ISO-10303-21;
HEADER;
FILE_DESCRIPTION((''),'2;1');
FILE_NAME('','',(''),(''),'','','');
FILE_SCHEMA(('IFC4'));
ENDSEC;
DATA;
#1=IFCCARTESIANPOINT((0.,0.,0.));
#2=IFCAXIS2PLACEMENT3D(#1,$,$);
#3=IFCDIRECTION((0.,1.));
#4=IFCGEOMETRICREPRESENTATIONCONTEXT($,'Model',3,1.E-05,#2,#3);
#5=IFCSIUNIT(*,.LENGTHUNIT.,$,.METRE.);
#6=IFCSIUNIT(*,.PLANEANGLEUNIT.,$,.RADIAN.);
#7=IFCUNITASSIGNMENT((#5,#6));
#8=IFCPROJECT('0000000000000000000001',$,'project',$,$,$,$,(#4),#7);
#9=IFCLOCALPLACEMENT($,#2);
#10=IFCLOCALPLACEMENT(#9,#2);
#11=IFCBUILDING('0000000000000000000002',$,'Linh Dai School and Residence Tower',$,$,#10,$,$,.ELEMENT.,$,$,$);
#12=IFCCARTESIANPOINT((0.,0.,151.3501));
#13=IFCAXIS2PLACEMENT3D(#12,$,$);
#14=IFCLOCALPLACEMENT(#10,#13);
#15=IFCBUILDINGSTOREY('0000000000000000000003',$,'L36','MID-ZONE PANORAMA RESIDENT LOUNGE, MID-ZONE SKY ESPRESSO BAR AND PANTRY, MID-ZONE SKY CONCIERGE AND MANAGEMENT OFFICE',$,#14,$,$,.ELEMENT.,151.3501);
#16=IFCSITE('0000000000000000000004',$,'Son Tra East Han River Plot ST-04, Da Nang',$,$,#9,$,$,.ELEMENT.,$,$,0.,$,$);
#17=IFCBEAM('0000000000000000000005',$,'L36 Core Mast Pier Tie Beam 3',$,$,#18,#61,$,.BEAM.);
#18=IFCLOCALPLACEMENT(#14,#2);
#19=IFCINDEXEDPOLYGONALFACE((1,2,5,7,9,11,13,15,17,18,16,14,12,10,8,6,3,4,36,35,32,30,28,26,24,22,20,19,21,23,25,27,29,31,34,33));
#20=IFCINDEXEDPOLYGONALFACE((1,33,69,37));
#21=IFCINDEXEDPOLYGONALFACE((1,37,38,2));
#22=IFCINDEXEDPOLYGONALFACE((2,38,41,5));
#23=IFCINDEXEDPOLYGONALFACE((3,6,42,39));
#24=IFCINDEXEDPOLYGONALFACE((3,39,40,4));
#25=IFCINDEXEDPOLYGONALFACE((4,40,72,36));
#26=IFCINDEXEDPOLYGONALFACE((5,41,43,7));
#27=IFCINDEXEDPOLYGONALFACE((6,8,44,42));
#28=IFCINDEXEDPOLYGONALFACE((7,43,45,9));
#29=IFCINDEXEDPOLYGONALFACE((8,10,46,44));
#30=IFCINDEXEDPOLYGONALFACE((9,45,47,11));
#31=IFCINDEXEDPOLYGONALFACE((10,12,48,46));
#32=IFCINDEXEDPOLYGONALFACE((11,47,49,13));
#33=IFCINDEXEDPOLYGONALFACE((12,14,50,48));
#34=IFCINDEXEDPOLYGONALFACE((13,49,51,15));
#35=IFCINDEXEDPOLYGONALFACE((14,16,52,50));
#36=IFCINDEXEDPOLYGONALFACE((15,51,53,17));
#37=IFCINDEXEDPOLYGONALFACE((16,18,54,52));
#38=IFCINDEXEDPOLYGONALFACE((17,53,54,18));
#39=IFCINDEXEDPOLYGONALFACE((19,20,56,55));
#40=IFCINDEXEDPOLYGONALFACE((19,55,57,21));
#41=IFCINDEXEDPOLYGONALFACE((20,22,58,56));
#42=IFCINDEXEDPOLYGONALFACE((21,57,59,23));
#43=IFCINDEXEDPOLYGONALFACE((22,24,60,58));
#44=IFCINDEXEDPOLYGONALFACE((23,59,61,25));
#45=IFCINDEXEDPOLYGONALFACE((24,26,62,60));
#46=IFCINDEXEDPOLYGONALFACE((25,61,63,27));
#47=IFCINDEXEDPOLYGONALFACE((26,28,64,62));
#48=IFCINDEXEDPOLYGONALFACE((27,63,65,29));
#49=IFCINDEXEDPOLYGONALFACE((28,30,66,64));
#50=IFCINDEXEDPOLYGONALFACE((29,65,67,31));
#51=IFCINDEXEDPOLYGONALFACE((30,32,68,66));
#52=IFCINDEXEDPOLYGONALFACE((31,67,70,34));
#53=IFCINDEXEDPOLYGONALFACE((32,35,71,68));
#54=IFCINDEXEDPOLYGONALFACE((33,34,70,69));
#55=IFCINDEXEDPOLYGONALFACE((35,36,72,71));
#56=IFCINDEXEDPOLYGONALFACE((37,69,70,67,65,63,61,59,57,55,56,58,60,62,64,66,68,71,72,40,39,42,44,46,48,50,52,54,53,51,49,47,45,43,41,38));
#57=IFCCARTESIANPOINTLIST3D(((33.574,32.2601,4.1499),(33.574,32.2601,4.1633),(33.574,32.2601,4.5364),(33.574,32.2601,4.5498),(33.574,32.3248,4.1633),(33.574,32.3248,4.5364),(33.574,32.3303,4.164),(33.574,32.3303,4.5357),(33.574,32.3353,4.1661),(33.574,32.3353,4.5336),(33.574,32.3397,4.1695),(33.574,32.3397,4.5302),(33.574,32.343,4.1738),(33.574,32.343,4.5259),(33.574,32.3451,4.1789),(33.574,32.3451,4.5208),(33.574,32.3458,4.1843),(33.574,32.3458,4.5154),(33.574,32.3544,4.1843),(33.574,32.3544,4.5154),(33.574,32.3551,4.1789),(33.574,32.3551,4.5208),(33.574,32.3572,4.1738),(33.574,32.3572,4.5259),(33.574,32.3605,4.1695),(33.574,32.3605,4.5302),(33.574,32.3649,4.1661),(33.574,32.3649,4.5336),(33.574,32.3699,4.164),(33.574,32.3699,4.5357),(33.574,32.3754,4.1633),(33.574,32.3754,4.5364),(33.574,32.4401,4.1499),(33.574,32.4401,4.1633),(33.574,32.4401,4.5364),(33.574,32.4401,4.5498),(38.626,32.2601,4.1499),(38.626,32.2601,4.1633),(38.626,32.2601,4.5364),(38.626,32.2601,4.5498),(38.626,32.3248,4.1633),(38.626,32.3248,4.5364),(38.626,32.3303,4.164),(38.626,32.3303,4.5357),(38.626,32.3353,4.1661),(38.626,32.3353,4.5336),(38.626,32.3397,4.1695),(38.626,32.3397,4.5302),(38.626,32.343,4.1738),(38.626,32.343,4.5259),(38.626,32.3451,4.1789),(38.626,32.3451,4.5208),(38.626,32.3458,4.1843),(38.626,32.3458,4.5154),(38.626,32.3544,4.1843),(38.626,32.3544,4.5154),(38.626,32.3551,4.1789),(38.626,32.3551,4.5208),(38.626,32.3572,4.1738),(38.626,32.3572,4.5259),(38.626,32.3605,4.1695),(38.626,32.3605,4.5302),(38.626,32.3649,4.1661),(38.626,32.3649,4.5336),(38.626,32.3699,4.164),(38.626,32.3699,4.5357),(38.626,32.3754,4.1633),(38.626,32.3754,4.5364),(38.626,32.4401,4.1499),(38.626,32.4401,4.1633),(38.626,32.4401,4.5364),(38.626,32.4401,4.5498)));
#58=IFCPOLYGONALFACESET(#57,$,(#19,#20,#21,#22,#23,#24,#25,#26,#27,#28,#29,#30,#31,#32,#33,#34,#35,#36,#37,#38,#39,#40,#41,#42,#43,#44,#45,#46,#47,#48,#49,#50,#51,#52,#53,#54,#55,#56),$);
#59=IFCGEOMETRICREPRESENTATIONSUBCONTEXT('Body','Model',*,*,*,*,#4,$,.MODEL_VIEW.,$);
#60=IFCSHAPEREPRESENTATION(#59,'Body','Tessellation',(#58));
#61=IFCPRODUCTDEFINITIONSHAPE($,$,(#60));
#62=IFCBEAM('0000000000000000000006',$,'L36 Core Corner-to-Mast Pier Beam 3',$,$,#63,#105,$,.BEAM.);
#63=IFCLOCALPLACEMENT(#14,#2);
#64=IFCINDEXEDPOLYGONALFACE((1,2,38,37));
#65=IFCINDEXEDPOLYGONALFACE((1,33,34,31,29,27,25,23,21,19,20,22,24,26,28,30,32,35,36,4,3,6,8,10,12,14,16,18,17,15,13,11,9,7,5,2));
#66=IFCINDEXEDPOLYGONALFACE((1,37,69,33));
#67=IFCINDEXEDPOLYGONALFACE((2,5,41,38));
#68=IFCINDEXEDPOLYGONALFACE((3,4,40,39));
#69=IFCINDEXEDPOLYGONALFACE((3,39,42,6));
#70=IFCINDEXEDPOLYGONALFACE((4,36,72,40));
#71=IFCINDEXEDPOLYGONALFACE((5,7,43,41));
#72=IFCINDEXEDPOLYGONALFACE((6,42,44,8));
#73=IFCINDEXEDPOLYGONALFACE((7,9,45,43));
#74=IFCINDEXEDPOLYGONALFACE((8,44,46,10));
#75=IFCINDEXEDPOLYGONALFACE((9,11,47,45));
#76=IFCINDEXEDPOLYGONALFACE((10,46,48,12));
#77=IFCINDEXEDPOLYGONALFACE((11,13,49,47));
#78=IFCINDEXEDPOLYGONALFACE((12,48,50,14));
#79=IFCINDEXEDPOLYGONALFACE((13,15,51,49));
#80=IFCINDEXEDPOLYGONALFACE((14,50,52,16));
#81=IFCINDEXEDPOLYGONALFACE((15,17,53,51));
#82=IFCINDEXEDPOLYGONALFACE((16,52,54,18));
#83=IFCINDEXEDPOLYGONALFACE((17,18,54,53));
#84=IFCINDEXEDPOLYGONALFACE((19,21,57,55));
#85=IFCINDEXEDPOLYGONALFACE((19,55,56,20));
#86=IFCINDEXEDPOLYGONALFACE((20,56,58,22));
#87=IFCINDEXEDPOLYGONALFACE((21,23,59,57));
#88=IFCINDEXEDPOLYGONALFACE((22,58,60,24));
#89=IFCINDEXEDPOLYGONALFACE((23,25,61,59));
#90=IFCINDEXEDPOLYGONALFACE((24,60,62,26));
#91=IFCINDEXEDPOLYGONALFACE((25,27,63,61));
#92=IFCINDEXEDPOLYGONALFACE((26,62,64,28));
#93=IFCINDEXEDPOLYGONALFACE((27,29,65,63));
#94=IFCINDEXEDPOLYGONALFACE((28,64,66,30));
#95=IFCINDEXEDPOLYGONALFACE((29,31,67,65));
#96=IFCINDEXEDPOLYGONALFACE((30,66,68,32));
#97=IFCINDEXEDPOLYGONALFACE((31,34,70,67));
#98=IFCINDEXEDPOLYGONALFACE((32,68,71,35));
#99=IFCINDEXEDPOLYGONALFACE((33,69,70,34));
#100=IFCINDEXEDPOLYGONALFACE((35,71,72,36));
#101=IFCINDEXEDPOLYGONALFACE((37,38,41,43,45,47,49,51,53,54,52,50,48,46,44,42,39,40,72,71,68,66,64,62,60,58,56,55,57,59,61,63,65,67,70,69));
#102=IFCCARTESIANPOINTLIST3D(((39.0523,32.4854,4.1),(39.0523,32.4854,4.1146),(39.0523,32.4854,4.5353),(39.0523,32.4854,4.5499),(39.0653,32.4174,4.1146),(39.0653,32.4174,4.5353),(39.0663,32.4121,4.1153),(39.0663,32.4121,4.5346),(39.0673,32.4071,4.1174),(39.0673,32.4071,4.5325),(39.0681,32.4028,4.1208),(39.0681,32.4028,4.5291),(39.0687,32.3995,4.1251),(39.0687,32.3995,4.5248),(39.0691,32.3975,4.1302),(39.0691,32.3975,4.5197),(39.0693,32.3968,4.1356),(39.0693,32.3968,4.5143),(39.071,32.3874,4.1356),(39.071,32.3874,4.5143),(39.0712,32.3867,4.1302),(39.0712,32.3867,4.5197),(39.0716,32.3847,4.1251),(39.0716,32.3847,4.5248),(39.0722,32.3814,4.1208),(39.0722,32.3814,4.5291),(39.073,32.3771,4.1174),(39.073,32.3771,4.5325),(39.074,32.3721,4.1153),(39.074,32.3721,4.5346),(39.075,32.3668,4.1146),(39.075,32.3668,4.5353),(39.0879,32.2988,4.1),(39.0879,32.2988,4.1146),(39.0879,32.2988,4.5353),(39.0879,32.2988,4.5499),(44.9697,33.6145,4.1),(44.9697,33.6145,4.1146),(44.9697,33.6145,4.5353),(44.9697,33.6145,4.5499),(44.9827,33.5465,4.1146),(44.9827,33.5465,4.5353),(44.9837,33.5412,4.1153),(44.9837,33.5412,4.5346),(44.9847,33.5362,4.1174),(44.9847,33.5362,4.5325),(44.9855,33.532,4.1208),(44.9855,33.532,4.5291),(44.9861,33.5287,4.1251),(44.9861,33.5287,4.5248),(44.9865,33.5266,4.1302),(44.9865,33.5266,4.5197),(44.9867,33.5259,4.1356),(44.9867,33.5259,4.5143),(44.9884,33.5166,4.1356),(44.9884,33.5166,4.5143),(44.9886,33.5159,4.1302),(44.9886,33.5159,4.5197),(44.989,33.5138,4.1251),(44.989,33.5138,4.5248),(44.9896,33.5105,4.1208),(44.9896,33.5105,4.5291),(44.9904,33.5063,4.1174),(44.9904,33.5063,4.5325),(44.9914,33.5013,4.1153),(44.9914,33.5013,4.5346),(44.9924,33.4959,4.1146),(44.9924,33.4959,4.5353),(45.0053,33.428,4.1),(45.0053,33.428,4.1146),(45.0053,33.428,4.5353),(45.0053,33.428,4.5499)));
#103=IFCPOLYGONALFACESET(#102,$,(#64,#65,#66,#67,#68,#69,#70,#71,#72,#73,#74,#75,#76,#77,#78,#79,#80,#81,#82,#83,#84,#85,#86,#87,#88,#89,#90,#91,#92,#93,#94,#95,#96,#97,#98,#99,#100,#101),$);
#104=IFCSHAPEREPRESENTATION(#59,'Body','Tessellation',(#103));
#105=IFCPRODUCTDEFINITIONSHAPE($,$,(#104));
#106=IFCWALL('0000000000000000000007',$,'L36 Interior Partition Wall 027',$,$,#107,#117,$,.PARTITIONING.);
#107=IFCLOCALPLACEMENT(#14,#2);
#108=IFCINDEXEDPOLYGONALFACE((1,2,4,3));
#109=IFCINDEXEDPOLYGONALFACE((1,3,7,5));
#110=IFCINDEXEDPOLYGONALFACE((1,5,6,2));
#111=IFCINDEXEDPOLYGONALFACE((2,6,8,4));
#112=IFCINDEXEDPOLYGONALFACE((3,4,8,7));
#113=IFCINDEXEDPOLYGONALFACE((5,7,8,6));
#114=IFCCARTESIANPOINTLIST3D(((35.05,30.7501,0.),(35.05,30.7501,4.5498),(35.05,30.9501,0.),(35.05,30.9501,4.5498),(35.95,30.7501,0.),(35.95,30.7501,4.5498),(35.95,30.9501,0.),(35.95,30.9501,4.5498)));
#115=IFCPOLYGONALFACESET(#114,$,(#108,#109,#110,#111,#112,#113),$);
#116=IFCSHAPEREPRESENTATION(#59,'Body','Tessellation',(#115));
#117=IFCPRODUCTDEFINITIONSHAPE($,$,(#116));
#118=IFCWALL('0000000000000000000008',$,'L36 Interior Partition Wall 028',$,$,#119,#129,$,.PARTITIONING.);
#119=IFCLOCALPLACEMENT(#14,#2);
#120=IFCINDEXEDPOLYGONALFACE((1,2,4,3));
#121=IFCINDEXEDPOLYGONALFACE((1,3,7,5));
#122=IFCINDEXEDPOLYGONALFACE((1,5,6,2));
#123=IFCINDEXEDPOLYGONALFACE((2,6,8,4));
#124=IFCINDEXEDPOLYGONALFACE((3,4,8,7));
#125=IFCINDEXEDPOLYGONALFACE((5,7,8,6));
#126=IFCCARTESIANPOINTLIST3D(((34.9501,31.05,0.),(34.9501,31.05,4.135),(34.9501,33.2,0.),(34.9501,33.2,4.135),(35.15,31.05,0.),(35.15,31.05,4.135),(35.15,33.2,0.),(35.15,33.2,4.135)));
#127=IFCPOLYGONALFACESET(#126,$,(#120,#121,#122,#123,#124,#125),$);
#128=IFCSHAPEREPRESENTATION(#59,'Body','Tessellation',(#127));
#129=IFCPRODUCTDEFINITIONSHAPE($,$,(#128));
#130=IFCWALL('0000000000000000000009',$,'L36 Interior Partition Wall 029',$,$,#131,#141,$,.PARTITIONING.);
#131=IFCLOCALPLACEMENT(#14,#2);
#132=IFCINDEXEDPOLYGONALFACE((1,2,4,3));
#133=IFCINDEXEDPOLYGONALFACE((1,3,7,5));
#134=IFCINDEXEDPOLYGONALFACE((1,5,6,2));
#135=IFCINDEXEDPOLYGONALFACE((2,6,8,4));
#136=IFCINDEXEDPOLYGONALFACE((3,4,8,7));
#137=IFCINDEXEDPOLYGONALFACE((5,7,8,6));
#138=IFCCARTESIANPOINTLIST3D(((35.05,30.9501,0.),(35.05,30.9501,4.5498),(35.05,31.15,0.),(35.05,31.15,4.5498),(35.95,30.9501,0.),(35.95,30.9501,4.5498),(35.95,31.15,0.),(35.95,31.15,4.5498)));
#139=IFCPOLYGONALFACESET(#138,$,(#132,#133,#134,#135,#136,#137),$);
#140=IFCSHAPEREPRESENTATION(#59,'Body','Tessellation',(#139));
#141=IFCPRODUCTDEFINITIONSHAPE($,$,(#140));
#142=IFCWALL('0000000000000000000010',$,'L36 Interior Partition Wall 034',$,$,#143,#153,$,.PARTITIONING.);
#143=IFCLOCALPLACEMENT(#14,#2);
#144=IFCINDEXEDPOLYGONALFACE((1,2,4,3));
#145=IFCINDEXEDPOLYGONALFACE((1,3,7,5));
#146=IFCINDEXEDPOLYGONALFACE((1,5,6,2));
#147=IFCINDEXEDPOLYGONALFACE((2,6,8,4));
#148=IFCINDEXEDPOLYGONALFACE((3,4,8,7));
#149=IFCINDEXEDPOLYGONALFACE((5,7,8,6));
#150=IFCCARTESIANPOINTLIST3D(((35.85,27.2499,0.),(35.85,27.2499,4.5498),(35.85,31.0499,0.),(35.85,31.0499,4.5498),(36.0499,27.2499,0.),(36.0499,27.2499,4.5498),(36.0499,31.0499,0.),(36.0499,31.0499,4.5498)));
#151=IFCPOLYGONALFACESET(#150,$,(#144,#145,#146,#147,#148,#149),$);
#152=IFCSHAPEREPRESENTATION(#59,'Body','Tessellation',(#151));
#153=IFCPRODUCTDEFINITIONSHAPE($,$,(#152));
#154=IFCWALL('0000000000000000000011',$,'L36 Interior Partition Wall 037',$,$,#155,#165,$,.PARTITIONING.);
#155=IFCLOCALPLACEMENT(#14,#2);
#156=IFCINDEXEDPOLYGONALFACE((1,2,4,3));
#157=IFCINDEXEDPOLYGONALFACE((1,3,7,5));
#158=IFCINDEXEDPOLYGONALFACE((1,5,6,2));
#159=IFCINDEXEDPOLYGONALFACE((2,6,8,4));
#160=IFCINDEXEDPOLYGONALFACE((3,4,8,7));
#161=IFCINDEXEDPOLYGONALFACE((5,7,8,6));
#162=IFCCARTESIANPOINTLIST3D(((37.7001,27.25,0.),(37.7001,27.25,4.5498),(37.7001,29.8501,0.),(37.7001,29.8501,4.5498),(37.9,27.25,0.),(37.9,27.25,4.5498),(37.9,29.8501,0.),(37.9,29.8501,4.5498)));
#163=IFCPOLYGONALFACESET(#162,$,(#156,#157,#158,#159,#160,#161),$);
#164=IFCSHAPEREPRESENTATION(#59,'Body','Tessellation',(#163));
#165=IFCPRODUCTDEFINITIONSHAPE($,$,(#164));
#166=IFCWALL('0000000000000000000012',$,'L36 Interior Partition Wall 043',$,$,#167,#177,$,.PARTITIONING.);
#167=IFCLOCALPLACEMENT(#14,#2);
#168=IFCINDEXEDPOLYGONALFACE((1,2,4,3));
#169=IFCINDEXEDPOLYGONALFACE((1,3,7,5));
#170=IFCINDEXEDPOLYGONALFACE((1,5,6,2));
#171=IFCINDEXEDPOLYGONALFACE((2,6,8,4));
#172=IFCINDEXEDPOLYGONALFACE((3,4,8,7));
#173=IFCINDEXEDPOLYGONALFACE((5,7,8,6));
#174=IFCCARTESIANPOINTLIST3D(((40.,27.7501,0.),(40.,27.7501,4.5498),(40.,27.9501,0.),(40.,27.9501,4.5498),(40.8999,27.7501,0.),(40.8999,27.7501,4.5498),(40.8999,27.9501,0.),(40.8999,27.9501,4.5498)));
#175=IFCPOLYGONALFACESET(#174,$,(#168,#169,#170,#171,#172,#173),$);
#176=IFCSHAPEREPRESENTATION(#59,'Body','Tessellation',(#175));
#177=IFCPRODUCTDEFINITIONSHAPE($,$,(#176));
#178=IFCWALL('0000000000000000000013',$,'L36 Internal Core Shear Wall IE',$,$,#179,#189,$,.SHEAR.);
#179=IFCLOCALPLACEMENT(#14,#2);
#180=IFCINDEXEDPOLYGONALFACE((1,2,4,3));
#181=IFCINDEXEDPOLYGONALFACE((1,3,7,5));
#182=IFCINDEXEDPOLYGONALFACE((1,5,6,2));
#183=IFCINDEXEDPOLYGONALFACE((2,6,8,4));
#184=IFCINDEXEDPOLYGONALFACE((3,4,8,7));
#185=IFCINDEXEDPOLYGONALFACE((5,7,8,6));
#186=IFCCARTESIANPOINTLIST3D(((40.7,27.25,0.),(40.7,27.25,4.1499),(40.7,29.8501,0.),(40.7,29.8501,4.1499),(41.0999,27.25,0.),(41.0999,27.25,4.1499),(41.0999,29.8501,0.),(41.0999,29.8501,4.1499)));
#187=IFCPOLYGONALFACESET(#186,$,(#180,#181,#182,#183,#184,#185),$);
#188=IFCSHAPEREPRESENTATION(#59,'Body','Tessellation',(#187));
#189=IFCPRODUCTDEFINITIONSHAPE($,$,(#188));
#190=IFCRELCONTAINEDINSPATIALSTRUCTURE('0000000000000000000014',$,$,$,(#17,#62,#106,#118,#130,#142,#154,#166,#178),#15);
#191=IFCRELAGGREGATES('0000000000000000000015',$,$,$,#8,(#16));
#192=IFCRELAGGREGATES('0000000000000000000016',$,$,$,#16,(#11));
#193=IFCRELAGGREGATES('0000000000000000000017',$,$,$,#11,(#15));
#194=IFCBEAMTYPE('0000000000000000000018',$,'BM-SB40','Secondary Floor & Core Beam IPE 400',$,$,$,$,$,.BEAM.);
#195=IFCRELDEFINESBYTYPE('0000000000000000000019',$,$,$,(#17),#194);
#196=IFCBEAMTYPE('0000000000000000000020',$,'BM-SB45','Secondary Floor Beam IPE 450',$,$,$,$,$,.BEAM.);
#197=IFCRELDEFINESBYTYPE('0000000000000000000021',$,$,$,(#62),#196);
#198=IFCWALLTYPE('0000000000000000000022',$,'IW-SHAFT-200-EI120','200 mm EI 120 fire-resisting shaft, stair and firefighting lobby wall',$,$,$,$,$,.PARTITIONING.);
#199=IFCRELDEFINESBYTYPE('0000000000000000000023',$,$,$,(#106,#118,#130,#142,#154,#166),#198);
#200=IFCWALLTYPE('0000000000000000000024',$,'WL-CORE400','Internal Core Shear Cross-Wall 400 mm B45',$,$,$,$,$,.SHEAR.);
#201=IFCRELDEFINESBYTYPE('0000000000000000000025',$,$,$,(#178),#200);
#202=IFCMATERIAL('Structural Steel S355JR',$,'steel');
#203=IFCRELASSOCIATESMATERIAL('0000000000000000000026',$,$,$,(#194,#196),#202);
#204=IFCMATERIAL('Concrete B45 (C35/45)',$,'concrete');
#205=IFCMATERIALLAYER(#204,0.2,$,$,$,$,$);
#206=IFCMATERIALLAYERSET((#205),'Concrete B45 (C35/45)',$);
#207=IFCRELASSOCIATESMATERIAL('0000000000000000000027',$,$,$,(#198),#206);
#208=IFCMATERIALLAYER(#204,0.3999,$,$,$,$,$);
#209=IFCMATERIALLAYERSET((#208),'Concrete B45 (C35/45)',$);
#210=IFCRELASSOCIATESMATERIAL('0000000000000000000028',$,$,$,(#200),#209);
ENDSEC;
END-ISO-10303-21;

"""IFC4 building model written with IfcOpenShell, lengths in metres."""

from ifc_helpers import new_model, si_unit, direction, frame, frame_2d, origin, origin_2d, place, context, subcontext, project, spatial, rectangle, i_section, extrude, material, layer, layer_set, material_profile, profile_set, type_object, element, save


model = new_model("IFC4")

# Units and contexts
model_context = context("Model", 3, precision=1e-05, world=origin(), true_north=direction((0.0, 1.0)))
body_context = subcontext(model_context, "Body", "Model", "MODEL_VIEW")
ifc_project = project(units=[si_unit("LENGTHUNIT", "METRE"), si_unit("PLANEANGLEUNIT", "RADIAN")], contexts=[model_context])

# Site, building, storey
site_placement = place(None, origin())
site = spatial("IfcSite", under=ifc_project, at=site_placement, Name="Son Tra East Han River Plot ST-04, Da Nang", CompositionType="ELEMENT", RefElevation=0.0)
building_placement = place(site_placement, origin())
building = spatial("IfcBuilding", under=site, at=building_placement, Name="Linh Dai School and Residence Tower", CompositionType="ELEMENT")
storey_placement = place(building_placement, frame((0.0, 0.0, 151.3501)))
storey = spatial("IfcBuildingStorey", under=building, at=storey_placement, Name="L36", Description="MID-ZONE PANORAMA RESIDENT LOUNGE, MID-ZONE SKY ESPRESSO BAR AND PANTRY, MID-ZONE SKY CONCIERGE AND MANAGEMENT OFFICE", CompositionType="ELEMENT", Elevation=151.3501)

# Shared definitions
ifc_material_1 = material(Name="Structural Steel S355JR", Category="steel")

# Beams
ifc_material_profile_1 = material_profile(ifc_material_1, i_section(OverallWidth=0.1799, OverallDepth=0.3999, WebThickness=0.0085, FlangeThickness=0.0134, FilletRadius=0.021, at=origin_2d()), Name="IPE 400")
ifc_profile_set_1 = profile_set([ifc_material_profile_1], Name="Structural Steel S355JR")
beam_type_1 = type_object("IfcBeamType", Name="BM-SB40", Description="Secondary Floor & Core Beam IPE 400", PredefinedType="BEAM", material=ifc_profile_set_1)
beam_1_placement = place(storey_placement, frame((38.626, 32.3501, 4.3499), z_axis=(-1.0, 0.0, 0.0), x_axis=(0.0, -1.0, 0.0)))
element("IfcBeam", 1, at=beam_1_placement, inside=storey, type_object=beam_type_1, Name="L36 Core Mast Pier Tie Beam 3", PredefinedType="BEAM", context=body_context, shape_type="SweptSolid", body=[
    extrude(i_section(OverallWidth=0.1799, OverallDepth=0.3999, WebThickness=0.0085, FlangeThickness=0.0134, FilletRadius=0.021, at=origin_2d()), origin(), (0.0, 0.0, 1.0), 5.052),
])
ifc_material_profile_2 = material_profile(ifc_material_1, i_section(OverallWidth=0.1899, OverallDepth=0.45, WebThickness=0.0095, FlangeThickness=0.0146, FilletRadius=0.021, at=origin_2d()), Name="IPE 450")
ifc_profile_set_2 = profile_set([ifc_material_profile_2], Name="Structural Steel S355JR")
beam_type_2 = type_object("IfcBeamType", Name="BM-SB45", Description="Secondary Floor Beam IPE 450", PredefinedType="BEAM", material=ifc_profile_set_2)
beam_2_placement = place(storey_placement, frame((44.9875, 33.5212, 4.325), z_axis=(-0.982277, -0.187434, 0.0), x_axis=(0.187434, -0.982277, 0.0)))
element("IfcBeam", 2, at=beam_2_placement, inside=storey, type_object=beam_type_2, Name="L36 Core Corner-to-Mast Pier Beam 3", PredefinedType="BEAM", context=body_context, shape_type="SweptSolid", body=[
    extrude(i_section(OverallWidth=0.1899, OverallDepth=0.45, WebThickness=0.0095, FlangeThickness=0.0146, FilletRadius=0.021, at=origin_2d()), origin(), (0.0, 0.0, 1.0), 6.0242),
])

# Walls
ifc_material_2 = material(Name="Concrete B45 (C35/45)", Category="concrete")
ifc_layer_1 = layer(ifc_material_2, 0.2)
ifc_layer_set_1 = layer_set([ifc_layer_1], Name="Concrete B45 (C35/45)")
wall_type_1 = type_object("IfcWallType", Name="IW-SHAFT-200-EI120", Description="200 mm EI 120 fire-resisting shaft, stair and firefighting lobby wall", PredefinedType="PARTITIONING", material=ifc_layer_set_1)
wall_1_placement = place(storey_placement, frame((35.05, 30.8501, 0.0), z_axis=(0.0, 0.0, 1.0), x_axis=(1.0, 0.0, 0.0)))
element("IfcWall", 3, at=wall_1_placement, inside=storey, type_object=wall_type_1, Name="L36 Interior Partition Wall 027", PredefinedType="PARTITIONING", context=body_context, shape_type="SweptSolid", body=[
    extrude(rectangle(XDim=0.8999, YDim=0.2, at=frame_2d((0.45, 0.0))), origin(), (0.0, 0.0, 1.0), 4.5498),
])
wall_2_placement = place(storey_placement, frame((35.05, 31.05, 0.0), z_axis=(0.0, 0.0, 1.0), x_axis=(0.0, 1.0, 0.0)))
element("IfcWall", 4, at=wall_2_placement, inside=storey, type_object=wall_type_1, Name="L36 Interior Partition Wall 028", PredefinedType="PARTITIONING", context=body_context, shape_type="SweptSolid", body=[
    extrude(rectangle(XDim=2.1499, YDim=0.2, at=frame_2d((1.075, 0.0))), origin(), (0.0, 0.0, 1.0), 4.135),
])
wall_3_placement = place(storey_placement, frame((35.05, 31.05, 0.0), z_axis=(0.0, 0.0, 1.0), x_axis=(1.0, 0.0, 0.0)))
element("IfcWall", 5, at=wall_3_placement, inside=storey, type_object=wall_type_1, Name="L36 Interior Partition Wall 029", PredefinedType="PARTITIONING", context=body_context, shape_type="SweptSolid", body=[
    extrude(rectangle(XDim=0.8999, YDim=0.2, at=frame_2d((0.45, 0.0))), origin(), (0.0, 0.0, 1.0), 4.5498),
])
wall_4_placement = place(storey_placement, frame((35.95, 27.25, 0.0), z_axis=(0.0, 0.0, 1.0), x_axis=(0.0, 1.0, 0.0)))
element("IfcWall", 6, at=wall_4_placement, inside=storey, type_object=wall_type_1, Name="L36 Interior Partition Wall 034", PredefinedType="PARTITIONING", context=body_context, shape_type="SweptSolid", body=[
    extrude(rectangle(XDim=3.8, YDim=0.2, at=frame_2d((1.8999, 0.0))), origin(), (0.0, 0.0, 1.0), 4.5498),
])

# Walls
wall_5_placement = place(storey_placement, frame((37.8, 27.25, 0.0), z_axis=(0.0, 0.0, 1.0), x_axis=(0.0, 1.0, 0.0)))
element("IfcWall", 7, at=wall_5_placement, inside=storey, type_object=wall_type_1, Name="L36 Interior Partition Wall 037", PredefinedType="PARTITIONING", context=body_context, shape_type="SweptSolid", body=[
    extrude(rectangle(XDim=2.6001, YDim=0.2, at=frame_2d((1.3, 0.0))), origin(), (0.0, 0.0, 1.0), 4.5498),
])
wall_6_placement = place(storey_placement, frame((40.0, 27.8501, 0.0), z_axis=(0.0, 0.0, 1.0), x_axis=(1.0, 0.0, 0.0)))
element("IfcWall", 8, at=wall_6_placement, inside=storey, type_object=wall_type_1, Name="L36 Interior Partition Wall 043", PredefinedType="PARTITIONING", context=body_context, shape_type="SweptSolid", body=[
    extrude(rectangle(XDim=0.8999, YDim=0.2, at=frame_2d((0.45, 0.0))), origin(), (0.0, 0.0, 1.0), 4.5498),
])
ifc_layer_2 = layer(ifc_material_2, 0.3999)
ifc_layer_set_2 = layer_set([ifc_layer_2], Name="Concrete B45 (C35/45)")
wall_type_2 = type_object("IfcWallType", Name="WL-CORE400", Description="Internal Core Shear Cross-Wall 400 mm B45", PredefinedType="SHEAR", material=ifc_layer_set_2)
wall_7_placement = place(storey_placement, frame((40.8999, 27.25, 0.0), z_axis=(0.0, 0.0, 1.0), x_axis=(0.0, 1.0, 0.0)))
element("IfcWall", 9, at=wall_7_placement, inside=storey, type_object=wall_type_2, Name="L36 Internal Core Shear Wall IE", PredefinedType="SHEAR", context=body_context, shape_type="SweptSolid", body=[
    extrude(rectangle(XDim=2.6001, YDim=0.3999, at=frame_2d((1.3, 0.0))), origin(), (0.0, 0.0, 1.0), 4.1499),
])

save(model, "model.ifc")
